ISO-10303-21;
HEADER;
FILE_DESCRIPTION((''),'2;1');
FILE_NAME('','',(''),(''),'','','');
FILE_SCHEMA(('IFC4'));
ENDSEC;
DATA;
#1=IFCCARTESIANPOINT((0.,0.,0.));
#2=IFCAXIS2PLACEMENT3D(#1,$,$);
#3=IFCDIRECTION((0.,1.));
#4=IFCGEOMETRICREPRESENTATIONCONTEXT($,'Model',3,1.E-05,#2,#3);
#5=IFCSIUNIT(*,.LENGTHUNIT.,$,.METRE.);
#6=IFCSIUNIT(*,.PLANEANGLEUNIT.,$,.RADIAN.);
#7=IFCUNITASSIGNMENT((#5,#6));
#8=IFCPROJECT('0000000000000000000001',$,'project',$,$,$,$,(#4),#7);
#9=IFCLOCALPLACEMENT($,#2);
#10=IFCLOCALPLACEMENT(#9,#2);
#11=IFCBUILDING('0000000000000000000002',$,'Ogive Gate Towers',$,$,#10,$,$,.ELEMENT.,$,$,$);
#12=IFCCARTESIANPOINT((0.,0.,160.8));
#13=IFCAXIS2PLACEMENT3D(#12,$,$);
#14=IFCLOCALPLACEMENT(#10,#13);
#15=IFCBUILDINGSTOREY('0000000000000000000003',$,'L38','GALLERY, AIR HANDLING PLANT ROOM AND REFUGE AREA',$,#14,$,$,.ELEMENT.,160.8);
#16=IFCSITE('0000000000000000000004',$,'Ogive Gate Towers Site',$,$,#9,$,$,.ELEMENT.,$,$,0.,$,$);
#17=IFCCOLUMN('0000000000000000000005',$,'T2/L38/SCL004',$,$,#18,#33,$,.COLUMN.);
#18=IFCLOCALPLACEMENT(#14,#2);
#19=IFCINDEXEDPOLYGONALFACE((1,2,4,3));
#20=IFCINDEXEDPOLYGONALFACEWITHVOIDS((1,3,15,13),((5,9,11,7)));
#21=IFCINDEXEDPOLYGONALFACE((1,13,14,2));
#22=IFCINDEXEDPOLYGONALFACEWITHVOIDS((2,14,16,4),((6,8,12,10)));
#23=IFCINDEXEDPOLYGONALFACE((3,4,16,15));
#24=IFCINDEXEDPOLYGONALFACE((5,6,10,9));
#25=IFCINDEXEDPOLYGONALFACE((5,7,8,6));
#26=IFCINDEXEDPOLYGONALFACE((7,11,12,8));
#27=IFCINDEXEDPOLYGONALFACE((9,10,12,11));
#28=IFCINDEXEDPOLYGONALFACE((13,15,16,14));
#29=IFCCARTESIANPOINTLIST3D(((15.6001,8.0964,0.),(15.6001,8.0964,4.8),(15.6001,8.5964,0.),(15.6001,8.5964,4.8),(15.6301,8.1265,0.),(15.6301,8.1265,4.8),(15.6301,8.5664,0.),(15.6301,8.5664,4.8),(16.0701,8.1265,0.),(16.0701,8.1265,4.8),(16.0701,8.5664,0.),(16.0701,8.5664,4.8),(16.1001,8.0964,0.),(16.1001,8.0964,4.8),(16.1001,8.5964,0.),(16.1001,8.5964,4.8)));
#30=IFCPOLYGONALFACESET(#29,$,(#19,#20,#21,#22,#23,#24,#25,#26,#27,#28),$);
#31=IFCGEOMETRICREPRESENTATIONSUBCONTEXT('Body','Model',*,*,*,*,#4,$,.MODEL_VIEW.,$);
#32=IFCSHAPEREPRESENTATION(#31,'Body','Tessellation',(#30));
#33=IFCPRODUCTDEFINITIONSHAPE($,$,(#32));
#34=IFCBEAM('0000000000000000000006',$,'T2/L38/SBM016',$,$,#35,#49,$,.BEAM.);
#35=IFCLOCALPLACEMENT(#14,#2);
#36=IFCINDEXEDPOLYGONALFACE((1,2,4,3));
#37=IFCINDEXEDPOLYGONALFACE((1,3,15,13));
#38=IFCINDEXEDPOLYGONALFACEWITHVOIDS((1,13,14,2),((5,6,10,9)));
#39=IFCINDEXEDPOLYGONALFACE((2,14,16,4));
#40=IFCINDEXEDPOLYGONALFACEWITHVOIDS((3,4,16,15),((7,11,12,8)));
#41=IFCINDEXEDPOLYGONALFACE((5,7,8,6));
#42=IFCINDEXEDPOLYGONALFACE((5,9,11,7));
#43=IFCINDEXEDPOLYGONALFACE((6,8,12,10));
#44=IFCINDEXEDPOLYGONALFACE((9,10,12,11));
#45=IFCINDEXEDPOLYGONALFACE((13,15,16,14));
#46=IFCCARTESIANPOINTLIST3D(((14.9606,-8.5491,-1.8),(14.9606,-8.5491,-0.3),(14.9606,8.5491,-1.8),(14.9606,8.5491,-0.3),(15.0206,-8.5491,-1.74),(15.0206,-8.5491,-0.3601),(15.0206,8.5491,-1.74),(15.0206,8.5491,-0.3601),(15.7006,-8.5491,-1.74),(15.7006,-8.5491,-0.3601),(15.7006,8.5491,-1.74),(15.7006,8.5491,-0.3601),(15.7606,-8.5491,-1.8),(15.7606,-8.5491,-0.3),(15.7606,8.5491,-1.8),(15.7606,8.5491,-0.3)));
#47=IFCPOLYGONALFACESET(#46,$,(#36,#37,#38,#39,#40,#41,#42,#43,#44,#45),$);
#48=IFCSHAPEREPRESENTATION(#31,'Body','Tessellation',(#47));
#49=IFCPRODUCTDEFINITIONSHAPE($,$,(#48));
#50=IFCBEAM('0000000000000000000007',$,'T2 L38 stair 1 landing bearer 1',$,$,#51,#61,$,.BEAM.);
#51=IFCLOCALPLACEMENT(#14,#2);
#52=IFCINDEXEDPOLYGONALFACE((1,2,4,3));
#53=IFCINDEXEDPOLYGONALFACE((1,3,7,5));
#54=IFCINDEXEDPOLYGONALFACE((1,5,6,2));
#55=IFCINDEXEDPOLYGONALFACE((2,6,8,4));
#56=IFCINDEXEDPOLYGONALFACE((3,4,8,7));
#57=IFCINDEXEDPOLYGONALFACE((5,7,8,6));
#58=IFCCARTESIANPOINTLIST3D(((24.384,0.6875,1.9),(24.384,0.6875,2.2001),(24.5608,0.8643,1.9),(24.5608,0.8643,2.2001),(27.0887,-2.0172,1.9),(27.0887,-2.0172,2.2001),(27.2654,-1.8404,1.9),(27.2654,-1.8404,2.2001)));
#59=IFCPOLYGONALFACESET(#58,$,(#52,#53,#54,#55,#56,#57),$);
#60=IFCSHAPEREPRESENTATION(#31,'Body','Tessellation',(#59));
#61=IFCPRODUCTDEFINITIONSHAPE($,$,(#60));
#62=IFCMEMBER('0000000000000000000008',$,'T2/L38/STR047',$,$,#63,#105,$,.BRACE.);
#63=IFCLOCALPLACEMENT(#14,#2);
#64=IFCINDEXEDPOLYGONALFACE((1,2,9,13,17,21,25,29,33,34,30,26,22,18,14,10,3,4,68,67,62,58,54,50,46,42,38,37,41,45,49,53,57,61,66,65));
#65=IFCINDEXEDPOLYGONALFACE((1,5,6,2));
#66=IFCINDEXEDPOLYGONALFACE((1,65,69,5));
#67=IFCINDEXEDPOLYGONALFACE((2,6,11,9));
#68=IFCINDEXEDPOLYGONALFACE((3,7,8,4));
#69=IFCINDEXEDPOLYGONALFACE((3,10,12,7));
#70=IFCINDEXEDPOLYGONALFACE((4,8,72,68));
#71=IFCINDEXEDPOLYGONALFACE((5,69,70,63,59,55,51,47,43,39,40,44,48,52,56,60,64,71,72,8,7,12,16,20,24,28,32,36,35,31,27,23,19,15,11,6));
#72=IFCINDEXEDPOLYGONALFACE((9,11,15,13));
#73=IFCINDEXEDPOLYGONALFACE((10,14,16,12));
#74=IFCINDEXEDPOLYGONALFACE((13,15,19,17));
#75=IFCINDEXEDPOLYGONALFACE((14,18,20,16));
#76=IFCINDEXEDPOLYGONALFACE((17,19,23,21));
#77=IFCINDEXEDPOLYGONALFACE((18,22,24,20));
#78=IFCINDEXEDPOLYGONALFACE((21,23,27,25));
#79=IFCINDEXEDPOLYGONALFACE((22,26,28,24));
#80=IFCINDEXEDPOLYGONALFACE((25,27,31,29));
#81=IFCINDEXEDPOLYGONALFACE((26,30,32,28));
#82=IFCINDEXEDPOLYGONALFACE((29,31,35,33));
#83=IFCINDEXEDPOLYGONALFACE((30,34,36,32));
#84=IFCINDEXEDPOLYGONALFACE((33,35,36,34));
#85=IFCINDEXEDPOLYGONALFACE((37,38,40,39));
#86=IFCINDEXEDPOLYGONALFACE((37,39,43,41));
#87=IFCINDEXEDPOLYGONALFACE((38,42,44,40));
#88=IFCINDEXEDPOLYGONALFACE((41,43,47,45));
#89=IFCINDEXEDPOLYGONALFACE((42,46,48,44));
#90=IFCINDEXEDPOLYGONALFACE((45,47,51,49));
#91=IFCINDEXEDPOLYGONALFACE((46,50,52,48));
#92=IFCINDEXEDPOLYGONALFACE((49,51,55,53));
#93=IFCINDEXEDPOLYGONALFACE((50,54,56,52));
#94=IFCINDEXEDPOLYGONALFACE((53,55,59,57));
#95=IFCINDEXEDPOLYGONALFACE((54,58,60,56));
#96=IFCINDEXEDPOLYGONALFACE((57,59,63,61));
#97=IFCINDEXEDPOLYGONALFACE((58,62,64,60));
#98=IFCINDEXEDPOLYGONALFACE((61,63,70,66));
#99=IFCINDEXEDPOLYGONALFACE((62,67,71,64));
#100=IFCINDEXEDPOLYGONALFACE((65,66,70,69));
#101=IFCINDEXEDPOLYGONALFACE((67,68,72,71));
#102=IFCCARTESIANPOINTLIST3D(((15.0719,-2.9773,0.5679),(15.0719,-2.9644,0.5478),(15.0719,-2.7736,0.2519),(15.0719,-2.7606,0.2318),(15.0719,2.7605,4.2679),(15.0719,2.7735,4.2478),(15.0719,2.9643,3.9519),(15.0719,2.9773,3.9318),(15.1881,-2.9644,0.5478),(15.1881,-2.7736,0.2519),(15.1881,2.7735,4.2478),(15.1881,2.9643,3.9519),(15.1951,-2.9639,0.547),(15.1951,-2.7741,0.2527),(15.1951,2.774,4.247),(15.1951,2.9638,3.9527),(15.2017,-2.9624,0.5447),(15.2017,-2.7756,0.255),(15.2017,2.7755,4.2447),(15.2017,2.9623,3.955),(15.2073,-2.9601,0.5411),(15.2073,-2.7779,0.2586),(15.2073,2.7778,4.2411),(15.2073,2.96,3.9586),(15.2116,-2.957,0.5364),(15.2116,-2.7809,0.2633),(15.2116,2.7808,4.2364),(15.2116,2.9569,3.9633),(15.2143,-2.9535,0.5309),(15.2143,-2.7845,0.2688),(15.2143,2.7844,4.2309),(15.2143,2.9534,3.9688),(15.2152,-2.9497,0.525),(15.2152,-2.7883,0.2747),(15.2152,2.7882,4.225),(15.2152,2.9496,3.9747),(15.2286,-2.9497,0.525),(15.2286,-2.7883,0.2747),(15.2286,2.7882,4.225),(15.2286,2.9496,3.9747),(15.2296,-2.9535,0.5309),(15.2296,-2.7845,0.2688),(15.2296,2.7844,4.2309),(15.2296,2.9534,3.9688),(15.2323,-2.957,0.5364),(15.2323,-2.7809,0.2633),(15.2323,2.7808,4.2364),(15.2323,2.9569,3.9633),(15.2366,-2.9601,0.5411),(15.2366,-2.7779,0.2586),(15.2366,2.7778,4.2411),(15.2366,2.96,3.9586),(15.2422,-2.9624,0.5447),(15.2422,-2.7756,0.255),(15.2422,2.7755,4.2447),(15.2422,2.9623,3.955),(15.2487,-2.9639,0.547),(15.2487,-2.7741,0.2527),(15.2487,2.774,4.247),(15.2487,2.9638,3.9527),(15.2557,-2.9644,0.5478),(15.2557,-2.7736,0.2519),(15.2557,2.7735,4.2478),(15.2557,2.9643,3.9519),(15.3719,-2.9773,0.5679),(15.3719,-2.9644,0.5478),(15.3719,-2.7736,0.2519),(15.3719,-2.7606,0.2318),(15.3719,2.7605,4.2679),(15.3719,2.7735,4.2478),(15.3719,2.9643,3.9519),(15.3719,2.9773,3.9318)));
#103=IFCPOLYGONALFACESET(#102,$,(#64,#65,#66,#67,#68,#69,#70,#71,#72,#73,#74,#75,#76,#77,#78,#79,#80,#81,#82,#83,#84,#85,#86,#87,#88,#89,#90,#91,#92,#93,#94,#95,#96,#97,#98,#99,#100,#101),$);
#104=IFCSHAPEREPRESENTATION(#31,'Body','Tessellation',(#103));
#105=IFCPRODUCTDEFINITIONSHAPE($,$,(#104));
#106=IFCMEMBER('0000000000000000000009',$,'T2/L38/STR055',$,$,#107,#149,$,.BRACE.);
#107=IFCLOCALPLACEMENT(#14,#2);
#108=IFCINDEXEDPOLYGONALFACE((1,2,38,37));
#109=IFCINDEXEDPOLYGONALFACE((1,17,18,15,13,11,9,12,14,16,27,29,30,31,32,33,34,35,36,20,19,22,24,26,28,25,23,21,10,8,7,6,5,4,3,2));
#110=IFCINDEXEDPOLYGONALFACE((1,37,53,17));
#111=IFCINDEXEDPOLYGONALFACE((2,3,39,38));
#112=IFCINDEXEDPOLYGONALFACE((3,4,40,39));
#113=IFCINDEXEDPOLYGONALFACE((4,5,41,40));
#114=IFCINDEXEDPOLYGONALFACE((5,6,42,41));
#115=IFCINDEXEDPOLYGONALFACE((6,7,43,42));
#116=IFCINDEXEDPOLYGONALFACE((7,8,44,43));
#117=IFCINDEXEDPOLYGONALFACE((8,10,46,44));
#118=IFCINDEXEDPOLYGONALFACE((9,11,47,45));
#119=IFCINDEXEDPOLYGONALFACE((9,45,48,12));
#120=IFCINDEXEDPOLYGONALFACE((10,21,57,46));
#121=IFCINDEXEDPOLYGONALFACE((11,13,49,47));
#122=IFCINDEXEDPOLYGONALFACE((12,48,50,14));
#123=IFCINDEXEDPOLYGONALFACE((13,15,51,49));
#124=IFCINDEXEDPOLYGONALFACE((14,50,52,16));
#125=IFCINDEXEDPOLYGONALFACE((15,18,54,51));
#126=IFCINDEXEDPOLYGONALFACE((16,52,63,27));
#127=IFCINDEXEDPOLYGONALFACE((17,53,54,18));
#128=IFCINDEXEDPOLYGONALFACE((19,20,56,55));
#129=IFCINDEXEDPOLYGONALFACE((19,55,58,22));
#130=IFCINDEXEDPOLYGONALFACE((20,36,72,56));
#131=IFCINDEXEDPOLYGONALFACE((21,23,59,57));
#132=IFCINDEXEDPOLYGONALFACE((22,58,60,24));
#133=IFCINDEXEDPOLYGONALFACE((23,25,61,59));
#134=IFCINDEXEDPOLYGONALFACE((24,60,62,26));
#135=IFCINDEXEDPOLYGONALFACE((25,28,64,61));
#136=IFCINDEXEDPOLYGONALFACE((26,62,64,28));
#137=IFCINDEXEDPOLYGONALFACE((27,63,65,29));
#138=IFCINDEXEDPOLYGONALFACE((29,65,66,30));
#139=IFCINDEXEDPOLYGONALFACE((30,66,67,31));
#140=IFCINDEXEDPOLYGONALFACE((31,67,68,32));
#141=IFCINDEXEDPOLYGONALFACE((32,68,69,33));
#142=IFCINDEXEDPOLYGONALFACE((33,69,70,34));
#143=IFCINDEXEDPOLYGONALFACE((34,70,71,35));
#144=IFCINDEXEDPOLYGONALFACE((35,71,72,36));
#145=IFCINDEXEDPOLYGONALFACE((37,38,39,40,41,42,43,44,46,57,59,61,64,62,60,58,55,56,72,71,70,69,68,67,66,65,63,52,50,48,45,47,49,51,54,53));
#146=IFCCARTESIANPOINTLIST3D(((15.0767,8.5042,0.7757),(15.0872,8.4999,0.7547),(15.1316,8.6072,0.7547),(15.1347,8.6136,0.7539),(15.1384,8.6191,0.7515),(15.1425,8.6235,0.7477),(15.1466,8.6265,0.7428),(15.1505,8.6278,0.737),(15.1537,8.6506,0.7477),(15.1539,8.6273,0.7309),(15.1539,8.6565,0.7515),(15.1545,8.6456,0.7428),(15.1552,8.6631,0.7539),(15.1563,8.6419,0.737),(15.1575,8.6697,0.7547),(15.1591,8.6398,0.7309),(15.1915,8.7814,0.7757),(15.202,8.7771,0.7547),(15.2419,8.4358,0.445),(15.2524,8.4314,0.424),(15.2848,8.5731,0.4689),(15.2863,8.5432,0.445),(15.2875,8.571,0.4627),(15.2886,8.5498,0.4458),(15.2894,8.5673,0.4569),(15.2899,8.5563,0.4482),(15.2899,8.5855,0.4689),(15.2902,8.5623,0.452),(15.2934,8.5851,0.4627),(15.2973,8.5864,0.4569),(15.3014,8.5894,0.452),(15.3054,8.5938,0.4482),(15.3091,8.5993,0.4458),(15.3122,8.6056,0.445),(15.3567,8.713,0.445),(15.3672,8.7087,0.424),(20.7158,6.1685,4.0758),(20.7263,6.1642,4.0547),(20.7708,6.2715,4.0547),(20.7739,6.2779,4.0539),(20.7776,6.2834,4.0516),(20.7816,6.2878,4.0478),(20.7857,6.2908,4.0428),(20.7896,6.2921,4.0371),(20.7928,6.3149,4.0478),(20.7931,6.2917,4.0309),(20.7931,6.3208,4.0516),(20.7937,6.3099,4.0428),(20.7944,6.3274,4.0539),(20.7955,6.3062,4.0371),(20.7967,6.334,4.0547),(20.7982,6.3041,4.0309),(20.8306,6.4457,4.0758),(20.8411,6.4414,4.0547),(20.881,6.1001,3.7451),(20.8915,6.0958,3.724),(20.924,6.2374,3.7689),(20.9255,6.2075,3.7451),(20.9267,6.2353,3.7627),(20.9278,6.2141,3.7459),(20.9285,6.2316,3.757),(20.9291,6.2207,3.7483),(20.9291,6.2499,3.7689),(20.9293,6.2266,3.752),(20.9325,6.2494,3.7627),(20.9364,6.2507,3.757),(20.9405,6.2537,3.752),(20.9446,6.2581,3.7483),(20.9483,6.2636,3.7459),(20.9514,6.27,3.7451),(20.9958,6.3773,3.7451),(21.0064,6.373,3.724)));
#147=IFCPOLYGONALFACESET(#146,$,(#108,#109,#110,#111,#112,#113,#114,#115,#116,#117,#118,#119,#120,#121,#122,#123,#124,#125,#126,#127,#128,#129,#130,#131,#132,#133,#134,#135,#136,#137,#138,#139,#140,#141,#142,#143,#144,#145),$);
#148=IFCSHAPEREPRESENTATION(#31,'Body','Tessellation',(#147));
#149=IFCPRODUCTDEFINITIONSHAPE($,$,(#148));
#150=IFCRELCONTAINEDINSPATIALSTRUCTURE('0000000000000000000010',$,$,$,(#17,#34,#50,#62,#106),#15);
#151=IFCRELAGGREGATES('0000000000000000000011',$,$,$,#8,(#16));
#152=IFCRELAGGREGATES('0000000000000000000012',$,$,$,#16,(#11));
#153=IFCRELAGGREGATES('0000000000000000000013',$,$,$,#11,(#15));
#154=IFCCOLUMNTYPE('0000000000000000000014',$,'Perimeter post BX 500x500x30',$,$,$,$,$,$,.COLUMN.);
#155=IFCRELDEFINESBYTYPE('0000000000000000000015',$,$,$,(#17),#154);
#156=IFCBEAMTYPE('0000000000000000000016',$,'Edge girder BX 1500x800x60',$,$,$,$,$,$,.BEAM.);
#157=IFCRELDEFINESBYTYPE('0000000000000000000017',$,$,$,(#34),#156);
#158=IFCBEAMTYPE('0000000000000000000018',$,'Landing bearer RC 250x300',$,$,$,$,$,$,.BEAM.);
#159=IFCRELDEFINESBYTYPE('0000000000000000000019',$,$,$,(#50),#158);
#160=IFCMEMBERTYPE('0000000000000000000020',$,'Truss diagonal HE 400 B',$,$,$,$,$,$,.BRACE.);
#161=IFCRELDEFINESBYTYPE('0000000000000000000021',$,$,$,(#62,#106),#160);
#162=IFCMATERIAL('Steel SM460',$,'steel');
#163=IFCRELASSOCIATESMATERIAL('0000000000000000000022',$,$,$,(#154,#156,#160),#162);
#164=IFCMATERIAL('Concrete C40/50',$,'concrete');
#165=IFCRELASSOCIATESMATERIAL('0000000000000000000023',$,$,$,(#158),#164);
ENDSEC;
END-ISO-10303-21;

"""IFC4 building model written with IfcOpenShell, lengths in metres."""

from ifc_helpers import new_model, si_unit, direction, frame, origin, origin_2d, place, context, subcontext, project, spatial, rectangle, hollow_rectangle, i_section, extrude, material, material_profile, profile_set, type_object, element, save


model = new_model("IFC4")

# Units and contexts
model_context = context("Model", 3, precision=1e-05, world=origin(), true_north=direction((0.0, 1.0)))
body_context = subcontext(model_context, "Body", "Model", "MODEL_VIEW")
ifc_project = project(units=[si_unit("LENGTHUNIT", "METRE"), si_unit("PLANEANGLEUNIT", "RADIAN")], contexts=[model_context])

# Site, building, storey
site_placement = place(None, origin())
site = spatial("IfcSite", under=ifc_project, at=site_placement, Name="Ogive Gate Towers Site", CompositionType="ELEMENT", RefElevation=0.0)
building_placement = place(site_placement, origin())
building = spatial("IfcBuilding", under=site, at=building_placement, Name="Ogive Gate Towers", CompositionType="ELEMENT")
storey_placement = place(building_placement, frame((0.0, 0.0, 160.8)))
storey = spatial("IfcBuildingStorey", under=building, at=storey_placement, Name="L38", Description="GALLERY, AIR HANDLING PLANT ROOM AND REFUGE AREA", CompositionType="ELEMENT", Elevation=160.8)

# Column
ifc_material_1 = material(Name="Steel SM460", Category="steel")
ifc_material_profile_1 = material_profile(ifc_material_1, hollow_rectangle(XDim=0.5, YDim=0.5, WallThickness=0.03, at=origin_2d()), Name="BX 500x500x30")
ifc_profile_set_1 = profile_set([ifc_material_profile_1], Name="Steel SM460")
column_type = type_object("IfcColumnType", Name="Perimeter post BX 500x500x30", PredefinedType="COLUMN", material=ifc_profile_set_1)
column_placement = place(storey_placement, frame((15.8501, 8.3464, 0.0), z_axis=(0.0, 0.0, 1.0), x_axis=(1.0, 0.0, 0.0)))
element("IfcColumn", 1, at=column_placement, inside=storey, type_object=column_type, Name="T2/L38/SCL004", PredefinedType="COLUMN", context=body_context, shape_type="SweptSolid", body=[
    extrude(hollow_rectangle(XDim=0.5, YDim=0.5, WallThickness=0.03, at=origin_2d()), origin(), (0.0, 0.0, 1.0), 4.8),
])

# Beams
ifc_material_profile_2 = material_profile(ifc_material_1, hollow_rectangle(XDim=0.8, YDim=1.5, WallThickness=0.0601, at=origin_2d()), Name="BX 1500x800x60")
ifc_profile_set_2 = profile_set([ifc_material_profile_2], Name="Steel SM460")
beam_type_1 = type_object("IfcBeamType", Name="Edge girder BX 1500x800x60", PredefinedType="BEAM", material=ifc_profile_set_2)
beam_1_placement = place(storey_placement, frame((15.3606, 8.5491, -1.05), z_axis=(0.0, -1.0, 0.0), x_axis=(1.0, 0.0, 0.0)))
element("IfcBeam", 2, at=beam_1_placement, inside=storey, type_object=beam_type_1, Name="T2/L38/SBM016", PredefinedType="BEAM", context=body_context, shape_type="SweptSolid", body=[
    extrude(hollow_rectangle(XDim=0.8, YDim=1.5, WallThickness=0.0601, at=origin_2d()), origin(), (0.0, 0.0, 1.0), 17.0981),
])
ifc_material_2 = material(Name="Concrete C40/50", Category="concrete")
ifc_material_profile_3 = material_profile(ifc_material_2, rectangle(XDim=0.25, YDim=0.3, at=origin_2d()), Name="RC 250x300")
ifc_profile_set_3 = profile_set([ifc_material_profile_3], Name="Concrete C40/50")
beam_type_2 = type_object("IfcBeamType", Name="Landing bearer RC 250x300", PredefinedType="BEAM", material=ifc_profile_set_3)
beam_2_placement = place(storey_placement, frame((24.4724, 0.7759, 2.05), z_axis=(0.707107, -0.707107, 0.0), x_axis=(0.707107, 0.707107, 0.0)))
element("IfcBeam", 3, at=beam_2_placement, inside=storey, type_object=beam_type_2, Name="T2 L38 stair 1 landing bearer 1", PredefinedType="BEAM", context=body_context, shape_type="SweptSolid", body=[
    extrude(rectangle(XDim=0.25, YDim=0.3, at=origin_2d()), origin(), (0.0, 0.0, 1.0), 3.825),
])

# Members
ifc_material_profile_4 = material_profile(ifc_material_1, i_section(OverallWidth=0.3, OverallDepth=0.3999, WebThickness=0.0134, FlangeThickness=0.0239, FilletRadius=0.0271, at=origin_2d()), Name="HE 400 B")
ifc_profile_set_4 = profile_set([ifc_material_profile_4], Name="Steel SM460")
member_type_1 = type_object("IfcMemberType", Name="Truss diagonal HE 400 B", PredefinedType="BRACE", material=ifc_profile_set_4)
member_1_placement = place(storey_placement, frame((15.2219, 2.8689, 4.0999), z_axis=(0.0, -0.84042, -0.541935), x_axis=(1.0, 0.0, 0.0)))
element("IfcMember", 4, at=member_1_placement, inside=storey, type_object=member_type_1, Name="T2/L38/STR047", PredefinedType="BRACE", context=body_context, shape_type="SweptSolid", body=[
    extrude(i_section(OverallWidth=0.3, OverallDepth=0.3999, WebThickness=0.0134, FlangeThickness=0.0239, FilletRadius=0.0271, at=origin_2d()), origin(), (0.0, 0.0, 1.0), 6.8274),
])
member_2_placement = place(storey_placement, frame((20.8611, 6.2708, 3.8999), z_axis=(-0.812708, 0.336617, -0.475599), x_axis=(-0.382666, -0.923887, 0.0)))
element("IfcMember", 5, at=member_2_placement, inside=storey, type_object=member_type_1, Name="T2/L38/STR055", PredefinedType="BRACE", context=body_context, shape_type="SweptSolid", body=[
    extrude(i_section(OverallWidth=0.3, OverallDepth=0.3999, WebThickness=0.0134, FlangeThickness=0.0239, FilletRadius=0.0271, at=origin_2d()), origin(), (0.0, 0.0, 1.0), 6.9387),
])

save(model, "model.ifc")
